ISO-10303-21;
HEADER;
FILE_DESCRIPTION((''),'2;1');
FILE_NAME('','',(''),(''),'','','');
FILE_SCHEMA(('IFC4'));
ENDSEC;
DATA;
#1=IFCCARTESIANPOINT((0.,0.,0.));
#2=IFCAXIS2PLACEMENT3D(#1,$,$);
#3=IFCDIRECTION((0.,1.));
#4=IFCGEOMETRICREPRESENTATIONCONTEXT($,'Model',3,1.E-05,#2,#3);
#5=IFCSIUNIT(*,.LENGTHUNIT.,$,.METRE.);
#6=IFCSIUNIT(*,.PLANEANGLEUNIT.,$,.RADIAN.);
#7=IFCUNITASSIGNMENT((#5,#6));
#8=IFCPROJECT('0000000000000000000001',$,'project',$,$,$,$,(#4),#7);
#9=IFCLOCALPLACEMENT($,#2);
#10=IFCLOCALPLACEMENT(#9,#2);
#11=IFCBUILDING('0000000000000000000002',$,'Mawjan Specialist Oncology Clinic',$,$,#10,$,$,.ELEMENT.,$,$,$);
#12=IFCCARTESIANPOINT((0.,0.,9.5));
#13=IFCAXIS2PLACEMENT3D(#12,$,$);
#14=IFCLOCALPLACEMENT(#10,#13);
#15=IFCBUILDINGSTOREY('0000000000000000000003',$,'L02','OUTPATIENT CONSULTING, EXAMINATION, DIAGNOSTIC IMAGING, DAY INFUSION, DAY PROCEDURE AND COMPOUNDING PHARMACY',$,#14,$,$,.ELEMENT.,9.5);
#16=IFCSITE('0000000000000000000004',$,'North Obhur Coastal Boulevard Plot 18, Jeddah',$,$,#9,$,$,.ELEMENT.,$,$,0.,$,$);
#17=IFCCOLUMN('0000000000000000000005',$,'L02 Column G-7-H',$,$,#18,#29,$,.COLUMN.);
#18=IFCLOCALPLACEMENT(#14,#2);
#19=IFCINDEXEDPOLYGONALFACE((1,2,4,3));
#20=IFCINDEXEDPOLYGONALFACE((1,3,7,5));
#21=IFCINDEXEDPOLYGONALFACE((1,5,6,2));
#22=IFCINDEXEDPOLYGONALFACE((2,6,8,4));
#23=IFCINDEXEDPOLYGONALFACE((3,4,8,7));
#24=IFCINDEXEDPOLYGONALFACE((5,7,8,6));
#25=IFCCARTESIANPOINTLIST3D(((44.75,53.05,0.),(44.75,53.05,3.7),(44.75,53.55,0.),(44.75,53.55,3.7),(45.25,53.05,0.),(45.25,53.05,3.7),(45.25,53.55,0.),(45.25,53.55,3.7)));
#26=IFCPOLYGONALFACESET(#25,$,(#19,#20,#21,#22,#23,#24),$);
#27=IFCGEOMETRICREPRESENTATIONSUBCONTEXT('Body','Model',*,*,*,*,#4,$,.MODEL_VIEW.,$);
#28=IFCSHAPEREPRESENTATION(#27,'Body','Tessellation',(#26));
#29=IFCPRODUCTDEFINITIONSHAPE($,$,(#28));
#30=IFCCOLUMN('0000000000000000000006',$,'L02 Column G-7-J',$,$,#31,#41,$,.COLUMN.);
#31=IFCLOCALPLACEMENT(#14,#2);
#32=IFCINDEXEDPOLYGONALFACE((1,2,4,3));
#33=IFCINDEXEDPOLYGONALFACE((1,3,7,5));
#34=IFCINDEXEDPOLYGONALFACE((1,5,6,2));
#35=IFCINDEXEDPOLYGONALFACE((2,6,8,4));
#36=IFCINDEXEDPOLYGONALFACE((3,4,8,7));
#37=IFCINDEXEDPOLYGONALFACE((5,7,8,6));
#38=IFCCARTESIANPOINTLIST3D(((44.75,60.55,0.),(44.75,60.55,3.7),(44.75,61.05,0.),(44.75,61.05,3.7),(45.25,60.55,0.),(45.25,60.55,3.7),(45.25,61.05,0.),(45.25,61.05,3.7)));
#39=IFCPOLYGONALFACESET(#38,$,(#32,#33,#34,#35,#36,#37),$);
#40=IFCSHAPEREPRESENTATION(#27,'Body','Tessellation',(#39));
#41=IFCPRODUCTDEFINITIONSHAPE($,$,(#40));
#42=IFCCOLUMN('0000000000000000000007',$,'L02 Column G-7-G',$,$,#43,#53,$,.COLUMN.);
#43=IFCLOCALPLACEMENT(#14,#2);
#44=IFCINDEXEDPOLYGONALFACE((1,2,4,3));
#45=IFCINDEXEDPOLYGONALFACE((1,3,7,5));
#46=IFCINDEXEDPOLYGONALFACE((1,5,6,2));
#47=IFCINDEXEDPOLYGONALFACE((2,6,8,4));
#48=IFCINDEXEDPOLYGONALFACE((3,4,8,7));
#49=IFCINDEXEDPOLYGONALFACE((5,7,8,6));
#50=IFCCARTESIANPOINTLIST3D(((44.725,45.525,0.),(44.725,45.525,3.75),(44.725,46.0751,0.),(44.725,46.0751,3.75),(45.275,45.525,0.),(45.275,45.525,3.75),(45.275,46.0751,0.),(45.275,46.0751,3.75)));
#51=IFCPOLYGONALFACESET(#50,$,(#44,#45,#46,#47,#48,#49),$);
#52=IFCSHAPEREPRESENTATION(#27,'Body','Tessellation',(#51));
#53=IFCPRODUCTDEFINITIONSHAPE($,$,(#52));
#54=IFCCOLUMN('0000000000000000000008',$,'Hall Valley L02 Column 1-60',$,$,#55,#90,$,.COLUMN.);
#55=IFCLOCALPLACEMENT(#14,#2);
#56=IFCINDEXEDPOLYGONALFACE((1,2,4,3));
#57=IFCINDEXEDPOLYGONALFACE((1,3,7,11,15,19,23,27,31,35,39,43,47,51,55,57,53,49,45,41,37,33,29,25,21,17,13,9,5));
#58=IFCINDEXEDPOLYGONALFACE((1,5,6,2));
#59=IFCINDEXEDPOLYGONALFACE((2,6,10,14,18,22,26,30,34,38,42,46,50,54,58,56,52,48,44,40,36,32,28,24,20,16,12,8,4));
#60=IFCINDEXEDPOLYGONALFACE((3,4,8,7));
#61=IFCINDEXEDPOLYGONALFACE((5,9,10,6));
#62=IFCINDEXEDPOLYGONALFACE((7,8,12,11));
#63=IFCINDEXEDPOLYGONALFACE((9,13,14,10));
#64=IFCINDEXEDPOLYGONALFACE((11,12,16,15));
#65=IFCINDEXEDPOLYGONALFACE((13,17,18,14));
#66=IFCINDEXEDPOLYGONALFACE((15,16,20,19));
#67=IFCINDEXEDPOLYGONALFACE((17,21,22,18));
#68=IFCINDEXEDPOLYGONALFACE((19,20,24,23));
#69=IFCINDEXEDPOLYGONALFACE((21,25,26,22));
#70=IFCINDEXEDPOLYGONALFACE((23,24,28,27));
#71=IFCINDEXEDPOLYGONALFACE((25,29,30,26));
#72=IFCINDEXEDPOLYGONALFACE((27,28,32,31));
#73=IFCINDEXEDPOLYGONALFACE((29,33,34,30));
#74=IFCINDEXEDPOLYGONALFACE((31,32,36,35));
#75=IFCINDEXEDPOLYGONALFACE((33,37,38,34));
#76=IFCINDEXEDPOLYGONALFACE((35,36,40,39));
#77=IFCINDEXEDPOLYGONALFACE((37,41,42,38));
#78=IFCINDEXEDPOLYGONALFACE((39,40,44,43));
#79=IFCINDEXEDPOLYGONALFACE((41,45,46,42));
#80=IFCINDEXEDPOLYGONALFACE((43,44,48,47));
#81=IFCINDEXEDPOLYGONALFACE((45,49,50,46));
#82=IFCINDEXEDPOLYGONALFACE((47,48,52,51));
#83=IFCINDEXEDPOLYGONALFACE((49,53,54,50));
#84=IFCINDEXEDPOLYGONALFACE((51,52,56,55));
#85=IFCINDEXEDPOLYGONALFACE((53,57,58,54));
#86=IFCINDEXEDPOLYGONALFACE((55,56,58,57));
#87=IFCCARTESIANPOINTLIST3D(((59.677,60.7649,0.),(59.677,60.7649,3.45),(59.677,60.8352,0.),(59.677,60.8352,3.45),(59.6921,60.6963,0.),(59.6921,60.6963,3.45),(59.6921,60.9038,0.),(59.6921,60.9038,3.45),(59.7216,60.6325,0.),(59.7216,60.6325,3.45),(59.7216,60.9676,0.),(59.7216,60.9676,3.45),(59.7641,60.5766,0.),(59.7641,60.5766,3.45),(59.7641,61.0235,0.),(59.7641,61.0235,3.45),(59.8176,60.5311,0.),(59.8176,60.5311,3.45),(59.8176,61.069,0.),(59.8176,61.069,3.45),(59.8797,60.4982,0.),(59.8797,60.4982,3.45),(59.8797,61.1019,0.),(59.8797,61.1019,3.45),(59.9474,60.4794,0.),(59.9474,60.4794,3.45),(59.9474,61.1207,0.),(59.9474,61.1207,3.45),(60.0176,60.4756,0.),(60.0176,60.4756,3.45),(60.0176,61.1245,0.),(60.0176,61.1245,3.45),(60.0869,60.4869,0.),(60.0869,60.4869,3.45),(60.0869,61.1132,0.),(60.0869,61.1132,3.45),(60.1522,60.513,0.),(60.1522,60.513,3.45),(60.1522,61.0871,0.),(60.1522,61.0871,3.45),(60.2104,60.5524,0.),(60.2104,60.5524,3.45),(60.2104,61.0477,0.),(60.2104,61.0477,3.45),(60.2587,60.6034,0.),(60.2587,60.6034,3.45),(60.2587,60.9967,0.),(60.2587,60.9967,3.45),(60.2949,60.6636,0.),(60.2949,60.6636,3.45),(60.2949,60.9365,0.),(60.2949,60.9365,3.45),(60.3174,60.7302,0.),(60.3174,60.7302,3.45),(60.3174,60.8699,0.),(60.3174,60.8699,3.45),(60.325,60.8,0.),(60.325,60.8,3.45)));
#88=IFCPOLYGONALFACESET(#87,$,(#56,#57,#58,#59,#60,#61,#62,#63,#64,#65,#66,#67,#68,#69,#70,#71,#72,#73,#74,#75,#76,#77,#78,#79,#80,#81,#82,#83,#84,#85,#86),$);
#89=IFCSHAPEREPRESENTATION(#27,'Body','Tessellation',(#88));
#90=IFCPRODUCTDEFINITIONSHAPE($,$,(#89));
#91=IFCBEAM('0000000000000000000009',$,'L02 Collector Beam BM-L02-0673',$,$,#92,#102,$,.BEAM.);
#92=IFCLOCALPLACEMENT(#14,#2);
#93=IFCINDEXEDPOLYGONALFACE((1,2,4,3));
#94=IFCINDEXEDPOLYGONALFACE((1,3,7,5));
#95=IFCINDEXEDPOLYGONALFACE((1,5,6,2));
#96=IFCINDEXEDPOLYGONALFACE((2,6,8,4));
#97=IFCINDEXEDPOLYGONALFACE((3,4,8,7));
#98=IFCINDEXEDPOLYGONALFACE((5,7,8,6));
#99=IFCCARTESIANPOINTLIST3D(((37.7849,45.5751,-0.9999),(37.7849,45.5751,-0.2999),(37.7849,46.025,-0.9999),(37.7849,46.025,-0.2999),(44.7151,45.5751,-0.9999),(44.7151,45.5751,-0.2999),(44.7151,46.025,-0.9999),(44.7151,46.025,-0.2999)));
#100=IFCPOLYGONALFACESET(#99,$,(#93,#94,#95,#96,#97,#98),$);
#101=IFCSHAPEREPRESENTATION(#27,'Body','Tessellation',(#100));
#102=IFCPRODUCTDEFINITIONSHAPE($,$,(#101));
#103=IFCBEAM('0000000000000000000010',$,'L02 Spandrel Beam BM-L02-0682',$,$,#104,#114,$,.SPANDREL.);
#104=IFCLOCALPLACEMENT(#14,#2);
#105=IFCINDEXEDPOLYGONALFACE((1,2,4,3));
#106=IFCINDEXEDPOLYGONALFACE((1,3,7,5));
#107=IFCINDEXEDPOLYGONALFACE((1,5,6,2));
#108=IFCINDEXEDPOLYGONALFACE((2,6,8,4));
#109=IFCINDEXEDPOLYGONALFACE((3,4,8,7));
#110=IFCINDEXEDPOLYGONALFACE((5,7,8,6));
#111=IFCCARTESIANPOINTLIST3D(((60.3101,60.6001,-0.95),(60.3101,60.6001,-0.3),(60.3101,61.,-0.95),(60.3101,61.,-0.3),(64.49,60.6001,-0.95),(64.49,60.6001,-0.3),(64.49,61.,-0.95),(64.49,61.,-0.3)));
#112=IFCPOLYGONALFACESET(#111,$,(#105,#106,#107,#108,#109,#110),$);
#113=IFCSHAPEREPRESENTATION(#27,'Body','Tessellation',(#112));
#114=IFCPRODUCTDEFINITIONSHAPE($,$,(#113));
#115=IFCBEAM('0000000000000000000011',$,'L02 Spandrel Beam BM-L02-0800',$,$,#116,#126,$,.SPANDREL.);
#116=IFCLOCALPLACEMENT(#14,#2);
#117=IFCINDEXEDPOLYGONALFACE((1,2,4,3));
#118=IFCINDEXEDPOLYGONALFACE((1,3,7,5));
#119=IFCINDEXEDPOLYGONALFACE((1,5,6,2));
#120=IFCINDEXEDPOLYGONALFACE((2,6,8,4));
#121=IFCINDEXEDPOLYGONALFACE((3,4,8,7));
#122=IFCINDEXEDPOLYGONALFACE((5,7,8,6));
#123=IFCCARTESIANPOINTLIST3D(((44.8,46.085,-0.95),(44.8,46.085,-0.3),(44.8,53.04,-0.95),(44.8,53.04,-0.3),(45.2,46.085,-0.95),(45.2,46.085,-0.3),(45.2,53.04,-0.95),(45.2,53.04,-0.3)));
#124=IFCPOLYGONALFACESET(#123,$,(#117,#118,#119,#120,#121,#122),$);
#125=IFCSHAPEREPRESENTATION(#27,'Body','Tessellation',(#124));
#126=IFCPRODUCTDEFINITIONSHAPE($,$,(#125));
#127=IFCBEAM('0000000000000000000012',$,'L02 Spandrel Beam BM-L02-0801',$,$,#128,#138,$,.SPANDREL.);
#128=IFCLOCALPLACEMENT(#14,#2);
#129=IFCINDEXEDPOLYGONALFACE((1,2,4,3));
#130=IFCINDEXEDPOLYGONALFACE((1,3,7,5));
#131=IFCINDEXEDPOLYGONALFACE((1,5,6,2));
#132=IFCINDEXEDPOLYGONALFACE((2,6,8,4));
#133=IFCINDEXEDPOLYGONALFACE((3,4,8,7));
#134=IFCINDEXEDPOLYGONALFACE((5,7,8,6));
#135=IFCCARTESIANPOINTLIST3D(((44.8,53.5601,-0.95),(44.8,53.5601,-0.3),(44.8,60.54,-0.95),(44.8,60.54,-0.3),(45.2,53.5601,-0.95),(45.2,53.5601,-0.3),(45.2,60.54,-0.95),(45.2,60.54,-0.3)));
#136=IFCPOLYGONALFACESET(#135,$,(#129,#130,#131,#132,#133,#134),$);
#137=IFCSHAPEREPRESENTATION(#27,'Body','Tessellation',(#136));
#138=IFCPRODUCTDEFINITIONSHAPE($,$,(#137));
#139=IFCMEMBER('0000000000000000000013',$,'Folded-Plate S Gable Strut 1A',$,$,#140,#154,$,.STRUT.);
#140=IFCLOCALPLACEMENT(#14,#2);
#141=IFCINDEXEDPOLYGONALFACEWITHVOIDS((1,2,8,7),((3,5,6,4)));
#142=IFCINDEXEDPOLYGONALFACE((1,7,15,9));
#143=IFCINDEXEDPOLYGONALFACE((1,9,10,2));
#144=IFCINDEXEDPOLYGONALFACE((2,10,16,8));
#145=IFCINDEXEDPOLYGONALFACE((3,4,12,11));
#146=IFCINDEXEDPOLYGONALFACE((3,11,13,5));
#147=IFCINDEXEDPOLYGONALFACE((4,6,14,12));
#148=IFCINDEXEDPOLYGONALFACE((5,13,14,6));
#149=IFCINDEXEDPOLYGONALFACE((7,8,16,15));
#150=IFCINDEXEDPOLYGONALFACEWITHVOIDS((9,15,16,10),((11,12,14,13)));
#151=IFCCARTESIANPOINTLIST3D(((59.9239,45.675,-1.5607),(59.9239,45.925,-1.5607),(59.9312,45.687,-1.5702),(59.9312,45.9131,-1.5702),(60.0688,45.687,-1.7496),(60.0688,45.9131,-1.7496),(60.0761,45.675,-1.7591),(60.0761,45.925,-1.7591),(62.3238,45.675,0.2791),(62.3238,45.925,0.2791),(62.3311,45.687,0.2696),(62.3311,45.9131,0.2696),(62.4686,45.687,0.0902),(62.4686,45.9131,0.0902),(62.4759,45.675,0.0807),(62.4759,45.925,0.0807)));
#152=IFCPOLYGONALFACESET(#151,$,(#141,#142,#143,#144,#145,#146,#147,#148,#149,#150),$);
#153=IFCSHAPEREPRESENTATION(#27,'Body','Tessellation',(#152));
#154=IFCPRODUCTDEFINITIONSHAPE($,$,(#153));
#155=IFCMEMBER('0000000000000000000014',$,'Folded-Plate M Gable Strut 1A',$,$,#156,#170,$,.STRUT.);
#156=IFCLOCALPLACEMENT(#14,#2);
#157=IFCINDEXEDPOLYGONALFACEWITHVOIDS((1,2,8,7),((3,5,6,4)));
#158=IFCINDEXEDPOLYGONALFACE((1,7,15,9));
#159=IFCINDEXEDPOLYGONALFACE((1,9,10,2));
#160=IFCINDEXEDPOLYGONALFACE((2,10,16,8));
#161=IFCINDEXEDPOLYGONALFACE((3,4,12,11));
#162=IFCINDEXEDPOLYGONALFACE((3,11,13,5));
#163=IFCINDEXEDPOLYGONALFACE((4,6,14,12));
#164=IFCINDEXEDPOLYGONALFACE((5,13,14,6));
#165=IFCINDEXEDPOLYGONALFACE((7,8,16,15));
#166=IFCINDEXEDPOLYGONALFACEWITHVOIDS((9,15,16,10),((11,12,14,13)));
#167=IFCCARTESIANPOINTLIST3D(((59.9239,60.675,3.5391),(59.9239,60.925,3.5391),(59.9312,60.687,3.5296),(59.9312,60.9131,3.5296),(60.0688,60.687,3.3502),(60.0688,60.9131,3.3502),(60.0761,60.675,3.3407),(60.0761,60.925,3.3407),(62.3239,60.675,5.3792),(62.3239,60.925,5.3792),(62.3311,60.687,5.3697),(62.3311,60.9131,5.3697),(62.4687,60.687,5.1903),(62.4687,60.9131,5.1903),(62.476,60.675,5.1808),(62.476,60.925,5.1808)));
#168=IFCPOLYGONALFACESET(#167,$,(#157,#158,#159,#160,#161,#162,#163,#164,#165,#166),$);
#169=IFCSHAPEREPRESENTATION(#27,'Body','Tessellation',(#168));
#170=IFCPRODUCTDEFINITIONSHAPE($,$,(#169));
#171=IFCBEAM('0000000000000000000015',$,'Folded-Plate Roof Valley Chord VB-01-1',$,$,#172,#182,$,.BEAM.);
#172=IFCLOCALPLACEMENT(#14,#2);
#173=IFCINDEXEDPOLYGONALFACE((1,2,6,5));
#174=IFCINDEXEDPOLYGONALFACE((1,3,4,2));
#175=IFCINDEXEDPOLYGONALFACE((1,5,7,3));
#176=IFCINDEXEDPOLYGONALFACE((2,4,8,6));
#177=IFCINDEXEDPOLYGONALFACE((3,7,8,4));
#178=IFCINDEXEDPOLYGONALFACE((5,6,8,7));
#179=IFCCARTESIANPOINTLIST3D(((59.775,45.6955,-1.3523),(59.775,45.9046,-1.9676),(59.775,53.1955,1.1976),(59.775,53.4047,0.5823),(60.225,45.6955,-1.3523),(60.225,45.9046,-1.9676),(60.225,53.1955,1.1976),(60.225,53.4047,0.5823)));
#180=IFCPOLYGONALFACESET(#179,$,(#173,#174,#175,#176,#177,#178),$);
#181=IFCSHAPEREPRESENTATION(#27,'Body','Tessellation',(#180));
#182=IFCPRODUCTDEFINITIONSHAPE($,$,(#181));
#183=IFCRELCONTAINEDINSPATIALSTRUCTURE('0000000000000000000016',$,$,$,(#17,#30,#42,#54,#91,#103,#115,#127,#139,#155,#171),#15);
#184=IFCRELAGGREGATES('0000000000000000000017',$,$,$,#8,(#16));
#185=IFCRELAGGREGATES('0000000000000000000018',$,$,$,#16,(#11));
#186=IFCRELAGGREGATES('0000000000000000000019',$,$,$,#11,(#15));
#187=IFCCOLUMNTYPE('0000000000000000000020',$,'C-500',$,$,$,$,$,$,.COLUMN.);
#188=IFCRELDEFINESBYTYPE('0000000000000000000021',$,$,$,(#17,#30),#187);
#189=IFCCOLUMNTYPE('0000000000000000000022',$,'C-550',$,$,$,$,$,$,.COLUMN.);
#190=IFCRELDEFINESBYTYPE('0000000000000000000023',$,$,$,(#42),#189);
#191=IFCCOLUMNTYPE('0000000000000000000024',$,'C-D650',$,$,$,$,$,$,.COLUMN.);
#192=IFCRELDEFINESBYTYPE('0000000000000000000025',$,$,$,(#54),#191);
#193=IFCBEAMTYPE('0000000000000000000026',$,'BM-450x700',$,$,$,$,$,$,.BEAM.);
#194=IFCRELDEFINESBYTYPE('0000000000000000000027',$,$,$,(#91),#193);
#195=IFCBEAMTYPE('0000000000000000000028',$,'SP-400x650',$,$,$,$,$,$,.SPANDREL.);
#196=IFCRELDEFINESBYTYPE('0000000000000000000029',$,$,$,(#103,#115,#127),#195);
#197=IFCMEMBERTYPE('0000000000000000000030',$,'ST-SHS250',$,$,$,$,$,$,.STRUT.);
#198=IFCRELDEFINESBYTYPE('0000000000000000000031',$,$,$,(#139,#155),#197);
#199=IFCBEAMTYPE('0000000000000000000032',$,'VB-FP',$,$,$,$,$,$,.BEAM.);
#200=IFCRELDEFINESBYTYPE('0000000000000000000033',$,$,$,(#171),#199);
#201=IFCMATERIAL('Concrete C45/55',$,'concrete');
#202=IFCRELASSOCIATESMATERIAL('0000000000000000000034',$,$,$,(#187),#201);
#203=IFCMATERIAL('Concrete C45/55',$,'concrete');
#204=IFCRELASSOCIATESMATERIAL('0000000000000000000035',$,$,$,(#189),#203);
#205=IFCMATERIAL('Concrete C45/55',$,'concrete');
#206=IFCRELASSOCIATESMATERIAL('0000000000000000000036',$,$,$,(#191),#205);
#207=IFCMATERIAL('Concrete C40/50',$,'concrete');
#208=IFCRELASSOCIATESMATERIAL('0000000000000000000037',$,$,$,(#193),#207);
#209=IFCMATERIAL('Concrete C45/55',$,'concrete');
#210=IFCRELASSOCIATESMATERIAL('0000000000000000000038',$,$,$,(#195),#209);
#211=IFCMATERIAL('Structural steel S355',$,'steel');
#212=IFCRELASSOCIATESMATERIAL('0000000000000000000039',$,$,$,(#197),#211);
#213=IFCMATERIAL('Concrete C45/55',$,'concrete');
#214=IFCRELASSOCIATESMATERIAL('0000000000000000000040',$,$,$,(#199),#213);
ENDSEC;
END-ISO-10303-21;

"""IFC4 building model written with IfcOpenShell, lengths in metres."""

from ifc_helpers import new_model, si_unit, direction, frame, origin, origin_2d, place, context, subcontext, project, spatial, rectangle, hollow_rectangle, circle, extrude, material, material_profile, profile_set, type_object, element, save


model = new_model("IFC4")

# Units and contexts
model_context = context("Model", 3, precision=1e-05, world=origin(), true_north=direction((0.0, 1.0)))
body_context = subcontext(model_context, "Body", "Model", "MODEL_VIEW")
ifc_project = project(units=[si_unit("LENGTHUNIT", "METRE"), si_unit("PLANEANGLEUNIT", "RADIAN")], contexts=[model_context])

# Site, building, storey
site_placement = place(None, origin())
site = spatial("IfcSite", under=ifc_project, at=site_placement, Name="North Obhur Coastal Boulevard Plot 18, Jeddah", CompositionType="ELEMENT", RefElevation=0.0)
building_placement = place(site_placement, origin())
building = spatial("IfcBuilding", under=site, at=building_placement, Name="Mawjan Specialist Oncology Clinic", CompositionType="ELEMENT")
storey_placement = place(building_placement, frame((0.0, 0.0, 9.5)))
storey = spatial("IfcBuildingStorey", under=building, at=storey_placement, Name="L02", Description="OUTPATIENT CONSULTING, EXAMINATION, DIAGNOSTIC IMAGING, DAY INFUSION, DAY PROCEDURE AND COMPOUNDING PHARMACY", CompositionType="ELEMENT", Elevation=9.5)

# Columns
ifc_material_1 = material(Name="Concrete C45/55", Category="concrete")
ifc_material_profile_1 = material_profile(ifc_material_1, rectangle(XDim=0.5, YDim=0.5, at=origin_2d()), Name="RC COL 500x500", Category="concrete")
ifc_profile_set_1 = profile_set([ifc_material_profile_1], Name="Concrete C45/55")
column_type_1 = type_object("IfcColumnType", Name="C-500", PredefinedType="COLUMN", material=ifc_profile_set_1)
for number, where, z_axis, x_axis, name in (
    (1, (45.0, 53.3, 0.0), (0.0, 0.0, 1.0), (1.0, 0.0, 0.0), "L02 Column G-7-H"),
    (2, (45.0, 60.8, 0.0), (0.0, 0.0, 1.0), (1.0, 0.0, 0.0), "L02 Column G-7-J"),
):
    element("IfcColumn", number, at=place(storey_placement, frame(where, z_axis=z_axis, x_axis=x_axis)), inside=storey, type_object=column_type_1, Name=name, PredefinedType="COLUMN", context=body_context, shape_type="SweptSolid", body=[
        extrude(rectangle(XDim=0.5, YDim=0.5, at=origin_2d()), origin(), (0.0, 0.0, 1.0), 3.7),
    ])
ifc_material_2 = material(Name="Concrete C45/55", Category="concrete")
ifc_material_profile_2 = material_profile(ifc_material_2, rectangle(XDim=0.55, YDim=0.55, at=origin_2d()), Name="RC COL 550x550", Category="concrete")
ifc_profile_set_2 = profile_set([ifc_material_profile_2], Name="Concrete C45/55")
column_type_2 = type_object("IfcColumnType", Name="C-550", PredefinedType="COLUMN", material=ifc_profile_set_2)
column_1_placement = place(storey_placement, frame((45.0, 45.8, 0.0), z_axis=(0.0, 0.0, 1.0), x_axis=(1.0, 0.0, 0.0)))
element("IfcColumn", 3, at=column_1_placement, inside=storey, type_object=column_type_2, Name="L02 Column G-7-G", PredefinedType="COLUMN", context=body_context, shape_type="SweptSolid", body=[
    extrude(rectangle(XDim=0.55, YDim=0.55, at=origin_2d()), origin(), (0.0, 0.0, 1.0), 3.75),
])
ifc_material_3 = material(Name="Concrete C45/55", Category="concrete")
ifc_material_profile_3 = material_profile(ifc_material_3, circle(Radius=0.325, at=origin_2d()), Name="RC COL D650", Category="concrete")
ifc_profile_set_3 = profile_set([ifc_material_profile_3], Name="Concrete C45/55")
column_type_3 = type_object("IfcColumnType", Name="C-D650", PredefinedType="COLUMN", material=ifc_profile_set_3)
column_2_placement = place(storey_placement, frame((60.0, 60.8, 0.0), z_axis=(0.0, 0.0, 1.0), x_axis=(1.0, 0.0, 0.0)))
element("IfcColumn", 4, at=column_2_placement, inside=storey, type_object=column_type_3, Name="Hall Valley L02 Column 1-60", PredefinedType="COLUMN", context=body_context, shape_type="SweptSolid", body=[
    extrude(circle(Radius=0.325, at=origin_2d()), origin(), (0.0, 0.0, 1.0), 3.45),
])

# Beams
ifc_material_4 = material(Name="Concrete C40/50", Category="concrete")
ifc_material_profile_4 = material_profile(ifc_material_4, rectangle(XDim=0.45, YDim=0.7, at=origin_2d()), Name="RC BM 450x700", Category="concrete")
ifc_profile_set_4 = profile_set([ifc_material_profile_4], Name="Concrete C40/50")
beam_type_1 = type_object("IfcBeamType", Name="BM-450x700", PredefinedType="BEAM", material=ifc_profile_set_4)
beam_1_placement = place(storey_placement, frame((37.7849, 45.8, -0.6499), z_axis=(1.0, 0.0, 0.0), x_axis=(0.0, 1.0, 0.0)))
element("IfcBeam", 5, at=beam_1_placement, inside=storey, type_object=beam_type_1, Name="L02 Collector Beam BM-L02-0673", PredefinedType="BEAM", context=body_context, shape_type="SweptSolid", body=[
    extrude(rectangle(XDim=0.45, YDim=0.7, at=origin_2d()), origin(), (0.0, 0.0, 1.0), 6.9302),
])
ifc_material_5 = material(Name="Concrete C45/55", Category="concrete")
ifc_material_profile_5 = material_profile(ifc_material_5, rectangle(XDim=0.3999, YDim=0.6499, at=origin_2d()), Name="RC BM 400x650", Category="concrete")
ifc_profile_set_5 = profile_set([ifc_material_profile_5], Name="Concrete C45/55")
beam_type_2 = type_object("IfcBeamType", Name="SP-400x650", PredefinedType="SPANDREL", material=ifc_profile_set_5)
beam_2_placement = place(storey_placement, frame((60.3101, 60.8, -0.625), z_axis=(1.0, 0.0, 0.0), x_axis=(0.0, 1.0, 0.0)))
element("IfcBeam", 6, at=beam_2_placement, inside=storey, type_object=beam_type_2, Name="L02 Spandrel Beam BM-L02-0682", PredefinedType="SPANDREL", context=body_context, shape_type="SweptSolid", body=[
    extrude(rectangle(XDim=0.3999, YDim=0.6499, at=origin_2d()), origin(), (0.0, 0.0, 1.0), 4.1799),
])
beam_3_placement = place(storey_placement, frame((45.0, 46.085, -0.625), z_axis=(0.0, 1.0, 0.0), x_axis=(-1.0, 0.0, 0.0)))
element("IfcBeam", 7, at=beam_3_placement, inside=storey, type_object=beam_type_2, Name="L02 Spandrel Beam BM-L02-0800", PredefinedType="SPANDREL", context=body_context, shape_type="SweptSolid", body=[
    extrude(rectangle(XDim=0.3999, YDim=0.6499, at=origin_2d()), origin(), (0.0, 0.0, 1.0), 6.9551),
])
beam_4_placement = place(storey_placement, frame((45.0, 53.5601, -0.625), z_axis=(0.0, 1.0, 0.0), x_axis=(-1.0, 0.0, 0.0)))
element("IfcBeam", 8, at=beam_4_placement, inside=storey, type_object=beam_type_2, Name="L02 Spandrel Beam BM-L02-0801", PredefinedType="SPANDREL", context=body_context, shape_type="SweptSolid", body=[
    extrude(rectangle(XDim=0.3999, YDim=0.6499, at=origin_2d()), origin(), (0.0, 0.0, 1.0), 6.98),
])

# Members
ifc_material_6 = material(Name="Structural steel S355", Category="steel")
ifc_material_profile_6 = material_profile(ifc_material_6, hollow_rectangle(XDim=0.25, YDim=0.25, WallThickness=0.012, at=origin_2d()), Name="SHS 250x250x12", Category="steel")
ifc_profile_set_6 = profile_set([ifc_material_profile_6], Name="Structural steel S355")
member_type = type_object("IfcMemberType", Name="ST-SHS250", PredefinedType="STRUT", material=ifc_profile_set_6)
member_1_placement = place(storey_placement, frame((60.0, 45.8, -1.6599), z_axis=(0.793619, 0.0, 0.608415), x_axis=(0.0, 1.0, 0.0)))
element("IfcMember", 9, at=member_1_placement, inside=storey, type_object=member_type, Name="Folded-Plate S Gable Strut 1A", PredefinedType="STRUT", context=body_context, shape_type="SweptSolid", body=[
    extrude(hollow_rectangle(XDim=0.25, YDim=0.25, WallThickness=0.012, at=origin_2d()), origin(), (0.0, 0.0, 1.0), 3.0239),
])
member_2_placement = place(storey_placement, frame((60.0, 60.8, 3.4399), z_axis=(0.79358, 0.0, 0.608465), x_axis=(0.0, 1.0, 0.0)))
element("IfcMember", 10, at=member_2_placement, inside=storey, type_object=member_type, Name="Folded-Plate M Gable Strut 1A", PredefinedType="STRUT", context=body_context, shape_type="SweptSolid", body=[
    extrude(hollow_rectangle(XDim=0.25, YDim=0.25, WallThickness=0.012, at=origin_2d()), origin(), (0.0, 0.0, 1.0), 3.0242),
])

# Beam
ifc_material_7 = material(Name="Concrete C45/55", Category="concrete")
ifc_material_profile_7 = material_profile(ifc_material_7, rectangle(XDim=0.45, YDim=0.6499, at=origin_2d()), Name="RC VALLEY 450x650", Category="concrete")
ifc_profile_set_7 = profile_set([ifc_material_profile_7], Name="Concrete C45/55")
beam_type_3 = type_object("IfcBeamType", Name="VB-FP", PredefinedType="BEAM", material=ifc_profile_set_7)
for number, where, z_axis, x_axis, name in (
    (11, (60.0, 45.8, -1.6599), (0.0, 0.94678, 0.321881), (-1.0, 0.0, 0.0), "Folded-Plate Roof Valley Chord VB-01-1"),
):
    element("IfcBeam", number, at=place(storey_placement, frame(where, z_axis=z_axis, x_axis=x_axis)), inside=storey, type_object=beam_type_3, Name=name, PredefinedType="BEAM", context=body_context, shape_type="SweptSolid", body=[
        extrude(rectangle(XDim=0.45, YDim=0.6499, at=origin_2d()), origin(), (0.0, 0.0, 1.0), 7.9216),
    ])

save(model, "model.ifc")
